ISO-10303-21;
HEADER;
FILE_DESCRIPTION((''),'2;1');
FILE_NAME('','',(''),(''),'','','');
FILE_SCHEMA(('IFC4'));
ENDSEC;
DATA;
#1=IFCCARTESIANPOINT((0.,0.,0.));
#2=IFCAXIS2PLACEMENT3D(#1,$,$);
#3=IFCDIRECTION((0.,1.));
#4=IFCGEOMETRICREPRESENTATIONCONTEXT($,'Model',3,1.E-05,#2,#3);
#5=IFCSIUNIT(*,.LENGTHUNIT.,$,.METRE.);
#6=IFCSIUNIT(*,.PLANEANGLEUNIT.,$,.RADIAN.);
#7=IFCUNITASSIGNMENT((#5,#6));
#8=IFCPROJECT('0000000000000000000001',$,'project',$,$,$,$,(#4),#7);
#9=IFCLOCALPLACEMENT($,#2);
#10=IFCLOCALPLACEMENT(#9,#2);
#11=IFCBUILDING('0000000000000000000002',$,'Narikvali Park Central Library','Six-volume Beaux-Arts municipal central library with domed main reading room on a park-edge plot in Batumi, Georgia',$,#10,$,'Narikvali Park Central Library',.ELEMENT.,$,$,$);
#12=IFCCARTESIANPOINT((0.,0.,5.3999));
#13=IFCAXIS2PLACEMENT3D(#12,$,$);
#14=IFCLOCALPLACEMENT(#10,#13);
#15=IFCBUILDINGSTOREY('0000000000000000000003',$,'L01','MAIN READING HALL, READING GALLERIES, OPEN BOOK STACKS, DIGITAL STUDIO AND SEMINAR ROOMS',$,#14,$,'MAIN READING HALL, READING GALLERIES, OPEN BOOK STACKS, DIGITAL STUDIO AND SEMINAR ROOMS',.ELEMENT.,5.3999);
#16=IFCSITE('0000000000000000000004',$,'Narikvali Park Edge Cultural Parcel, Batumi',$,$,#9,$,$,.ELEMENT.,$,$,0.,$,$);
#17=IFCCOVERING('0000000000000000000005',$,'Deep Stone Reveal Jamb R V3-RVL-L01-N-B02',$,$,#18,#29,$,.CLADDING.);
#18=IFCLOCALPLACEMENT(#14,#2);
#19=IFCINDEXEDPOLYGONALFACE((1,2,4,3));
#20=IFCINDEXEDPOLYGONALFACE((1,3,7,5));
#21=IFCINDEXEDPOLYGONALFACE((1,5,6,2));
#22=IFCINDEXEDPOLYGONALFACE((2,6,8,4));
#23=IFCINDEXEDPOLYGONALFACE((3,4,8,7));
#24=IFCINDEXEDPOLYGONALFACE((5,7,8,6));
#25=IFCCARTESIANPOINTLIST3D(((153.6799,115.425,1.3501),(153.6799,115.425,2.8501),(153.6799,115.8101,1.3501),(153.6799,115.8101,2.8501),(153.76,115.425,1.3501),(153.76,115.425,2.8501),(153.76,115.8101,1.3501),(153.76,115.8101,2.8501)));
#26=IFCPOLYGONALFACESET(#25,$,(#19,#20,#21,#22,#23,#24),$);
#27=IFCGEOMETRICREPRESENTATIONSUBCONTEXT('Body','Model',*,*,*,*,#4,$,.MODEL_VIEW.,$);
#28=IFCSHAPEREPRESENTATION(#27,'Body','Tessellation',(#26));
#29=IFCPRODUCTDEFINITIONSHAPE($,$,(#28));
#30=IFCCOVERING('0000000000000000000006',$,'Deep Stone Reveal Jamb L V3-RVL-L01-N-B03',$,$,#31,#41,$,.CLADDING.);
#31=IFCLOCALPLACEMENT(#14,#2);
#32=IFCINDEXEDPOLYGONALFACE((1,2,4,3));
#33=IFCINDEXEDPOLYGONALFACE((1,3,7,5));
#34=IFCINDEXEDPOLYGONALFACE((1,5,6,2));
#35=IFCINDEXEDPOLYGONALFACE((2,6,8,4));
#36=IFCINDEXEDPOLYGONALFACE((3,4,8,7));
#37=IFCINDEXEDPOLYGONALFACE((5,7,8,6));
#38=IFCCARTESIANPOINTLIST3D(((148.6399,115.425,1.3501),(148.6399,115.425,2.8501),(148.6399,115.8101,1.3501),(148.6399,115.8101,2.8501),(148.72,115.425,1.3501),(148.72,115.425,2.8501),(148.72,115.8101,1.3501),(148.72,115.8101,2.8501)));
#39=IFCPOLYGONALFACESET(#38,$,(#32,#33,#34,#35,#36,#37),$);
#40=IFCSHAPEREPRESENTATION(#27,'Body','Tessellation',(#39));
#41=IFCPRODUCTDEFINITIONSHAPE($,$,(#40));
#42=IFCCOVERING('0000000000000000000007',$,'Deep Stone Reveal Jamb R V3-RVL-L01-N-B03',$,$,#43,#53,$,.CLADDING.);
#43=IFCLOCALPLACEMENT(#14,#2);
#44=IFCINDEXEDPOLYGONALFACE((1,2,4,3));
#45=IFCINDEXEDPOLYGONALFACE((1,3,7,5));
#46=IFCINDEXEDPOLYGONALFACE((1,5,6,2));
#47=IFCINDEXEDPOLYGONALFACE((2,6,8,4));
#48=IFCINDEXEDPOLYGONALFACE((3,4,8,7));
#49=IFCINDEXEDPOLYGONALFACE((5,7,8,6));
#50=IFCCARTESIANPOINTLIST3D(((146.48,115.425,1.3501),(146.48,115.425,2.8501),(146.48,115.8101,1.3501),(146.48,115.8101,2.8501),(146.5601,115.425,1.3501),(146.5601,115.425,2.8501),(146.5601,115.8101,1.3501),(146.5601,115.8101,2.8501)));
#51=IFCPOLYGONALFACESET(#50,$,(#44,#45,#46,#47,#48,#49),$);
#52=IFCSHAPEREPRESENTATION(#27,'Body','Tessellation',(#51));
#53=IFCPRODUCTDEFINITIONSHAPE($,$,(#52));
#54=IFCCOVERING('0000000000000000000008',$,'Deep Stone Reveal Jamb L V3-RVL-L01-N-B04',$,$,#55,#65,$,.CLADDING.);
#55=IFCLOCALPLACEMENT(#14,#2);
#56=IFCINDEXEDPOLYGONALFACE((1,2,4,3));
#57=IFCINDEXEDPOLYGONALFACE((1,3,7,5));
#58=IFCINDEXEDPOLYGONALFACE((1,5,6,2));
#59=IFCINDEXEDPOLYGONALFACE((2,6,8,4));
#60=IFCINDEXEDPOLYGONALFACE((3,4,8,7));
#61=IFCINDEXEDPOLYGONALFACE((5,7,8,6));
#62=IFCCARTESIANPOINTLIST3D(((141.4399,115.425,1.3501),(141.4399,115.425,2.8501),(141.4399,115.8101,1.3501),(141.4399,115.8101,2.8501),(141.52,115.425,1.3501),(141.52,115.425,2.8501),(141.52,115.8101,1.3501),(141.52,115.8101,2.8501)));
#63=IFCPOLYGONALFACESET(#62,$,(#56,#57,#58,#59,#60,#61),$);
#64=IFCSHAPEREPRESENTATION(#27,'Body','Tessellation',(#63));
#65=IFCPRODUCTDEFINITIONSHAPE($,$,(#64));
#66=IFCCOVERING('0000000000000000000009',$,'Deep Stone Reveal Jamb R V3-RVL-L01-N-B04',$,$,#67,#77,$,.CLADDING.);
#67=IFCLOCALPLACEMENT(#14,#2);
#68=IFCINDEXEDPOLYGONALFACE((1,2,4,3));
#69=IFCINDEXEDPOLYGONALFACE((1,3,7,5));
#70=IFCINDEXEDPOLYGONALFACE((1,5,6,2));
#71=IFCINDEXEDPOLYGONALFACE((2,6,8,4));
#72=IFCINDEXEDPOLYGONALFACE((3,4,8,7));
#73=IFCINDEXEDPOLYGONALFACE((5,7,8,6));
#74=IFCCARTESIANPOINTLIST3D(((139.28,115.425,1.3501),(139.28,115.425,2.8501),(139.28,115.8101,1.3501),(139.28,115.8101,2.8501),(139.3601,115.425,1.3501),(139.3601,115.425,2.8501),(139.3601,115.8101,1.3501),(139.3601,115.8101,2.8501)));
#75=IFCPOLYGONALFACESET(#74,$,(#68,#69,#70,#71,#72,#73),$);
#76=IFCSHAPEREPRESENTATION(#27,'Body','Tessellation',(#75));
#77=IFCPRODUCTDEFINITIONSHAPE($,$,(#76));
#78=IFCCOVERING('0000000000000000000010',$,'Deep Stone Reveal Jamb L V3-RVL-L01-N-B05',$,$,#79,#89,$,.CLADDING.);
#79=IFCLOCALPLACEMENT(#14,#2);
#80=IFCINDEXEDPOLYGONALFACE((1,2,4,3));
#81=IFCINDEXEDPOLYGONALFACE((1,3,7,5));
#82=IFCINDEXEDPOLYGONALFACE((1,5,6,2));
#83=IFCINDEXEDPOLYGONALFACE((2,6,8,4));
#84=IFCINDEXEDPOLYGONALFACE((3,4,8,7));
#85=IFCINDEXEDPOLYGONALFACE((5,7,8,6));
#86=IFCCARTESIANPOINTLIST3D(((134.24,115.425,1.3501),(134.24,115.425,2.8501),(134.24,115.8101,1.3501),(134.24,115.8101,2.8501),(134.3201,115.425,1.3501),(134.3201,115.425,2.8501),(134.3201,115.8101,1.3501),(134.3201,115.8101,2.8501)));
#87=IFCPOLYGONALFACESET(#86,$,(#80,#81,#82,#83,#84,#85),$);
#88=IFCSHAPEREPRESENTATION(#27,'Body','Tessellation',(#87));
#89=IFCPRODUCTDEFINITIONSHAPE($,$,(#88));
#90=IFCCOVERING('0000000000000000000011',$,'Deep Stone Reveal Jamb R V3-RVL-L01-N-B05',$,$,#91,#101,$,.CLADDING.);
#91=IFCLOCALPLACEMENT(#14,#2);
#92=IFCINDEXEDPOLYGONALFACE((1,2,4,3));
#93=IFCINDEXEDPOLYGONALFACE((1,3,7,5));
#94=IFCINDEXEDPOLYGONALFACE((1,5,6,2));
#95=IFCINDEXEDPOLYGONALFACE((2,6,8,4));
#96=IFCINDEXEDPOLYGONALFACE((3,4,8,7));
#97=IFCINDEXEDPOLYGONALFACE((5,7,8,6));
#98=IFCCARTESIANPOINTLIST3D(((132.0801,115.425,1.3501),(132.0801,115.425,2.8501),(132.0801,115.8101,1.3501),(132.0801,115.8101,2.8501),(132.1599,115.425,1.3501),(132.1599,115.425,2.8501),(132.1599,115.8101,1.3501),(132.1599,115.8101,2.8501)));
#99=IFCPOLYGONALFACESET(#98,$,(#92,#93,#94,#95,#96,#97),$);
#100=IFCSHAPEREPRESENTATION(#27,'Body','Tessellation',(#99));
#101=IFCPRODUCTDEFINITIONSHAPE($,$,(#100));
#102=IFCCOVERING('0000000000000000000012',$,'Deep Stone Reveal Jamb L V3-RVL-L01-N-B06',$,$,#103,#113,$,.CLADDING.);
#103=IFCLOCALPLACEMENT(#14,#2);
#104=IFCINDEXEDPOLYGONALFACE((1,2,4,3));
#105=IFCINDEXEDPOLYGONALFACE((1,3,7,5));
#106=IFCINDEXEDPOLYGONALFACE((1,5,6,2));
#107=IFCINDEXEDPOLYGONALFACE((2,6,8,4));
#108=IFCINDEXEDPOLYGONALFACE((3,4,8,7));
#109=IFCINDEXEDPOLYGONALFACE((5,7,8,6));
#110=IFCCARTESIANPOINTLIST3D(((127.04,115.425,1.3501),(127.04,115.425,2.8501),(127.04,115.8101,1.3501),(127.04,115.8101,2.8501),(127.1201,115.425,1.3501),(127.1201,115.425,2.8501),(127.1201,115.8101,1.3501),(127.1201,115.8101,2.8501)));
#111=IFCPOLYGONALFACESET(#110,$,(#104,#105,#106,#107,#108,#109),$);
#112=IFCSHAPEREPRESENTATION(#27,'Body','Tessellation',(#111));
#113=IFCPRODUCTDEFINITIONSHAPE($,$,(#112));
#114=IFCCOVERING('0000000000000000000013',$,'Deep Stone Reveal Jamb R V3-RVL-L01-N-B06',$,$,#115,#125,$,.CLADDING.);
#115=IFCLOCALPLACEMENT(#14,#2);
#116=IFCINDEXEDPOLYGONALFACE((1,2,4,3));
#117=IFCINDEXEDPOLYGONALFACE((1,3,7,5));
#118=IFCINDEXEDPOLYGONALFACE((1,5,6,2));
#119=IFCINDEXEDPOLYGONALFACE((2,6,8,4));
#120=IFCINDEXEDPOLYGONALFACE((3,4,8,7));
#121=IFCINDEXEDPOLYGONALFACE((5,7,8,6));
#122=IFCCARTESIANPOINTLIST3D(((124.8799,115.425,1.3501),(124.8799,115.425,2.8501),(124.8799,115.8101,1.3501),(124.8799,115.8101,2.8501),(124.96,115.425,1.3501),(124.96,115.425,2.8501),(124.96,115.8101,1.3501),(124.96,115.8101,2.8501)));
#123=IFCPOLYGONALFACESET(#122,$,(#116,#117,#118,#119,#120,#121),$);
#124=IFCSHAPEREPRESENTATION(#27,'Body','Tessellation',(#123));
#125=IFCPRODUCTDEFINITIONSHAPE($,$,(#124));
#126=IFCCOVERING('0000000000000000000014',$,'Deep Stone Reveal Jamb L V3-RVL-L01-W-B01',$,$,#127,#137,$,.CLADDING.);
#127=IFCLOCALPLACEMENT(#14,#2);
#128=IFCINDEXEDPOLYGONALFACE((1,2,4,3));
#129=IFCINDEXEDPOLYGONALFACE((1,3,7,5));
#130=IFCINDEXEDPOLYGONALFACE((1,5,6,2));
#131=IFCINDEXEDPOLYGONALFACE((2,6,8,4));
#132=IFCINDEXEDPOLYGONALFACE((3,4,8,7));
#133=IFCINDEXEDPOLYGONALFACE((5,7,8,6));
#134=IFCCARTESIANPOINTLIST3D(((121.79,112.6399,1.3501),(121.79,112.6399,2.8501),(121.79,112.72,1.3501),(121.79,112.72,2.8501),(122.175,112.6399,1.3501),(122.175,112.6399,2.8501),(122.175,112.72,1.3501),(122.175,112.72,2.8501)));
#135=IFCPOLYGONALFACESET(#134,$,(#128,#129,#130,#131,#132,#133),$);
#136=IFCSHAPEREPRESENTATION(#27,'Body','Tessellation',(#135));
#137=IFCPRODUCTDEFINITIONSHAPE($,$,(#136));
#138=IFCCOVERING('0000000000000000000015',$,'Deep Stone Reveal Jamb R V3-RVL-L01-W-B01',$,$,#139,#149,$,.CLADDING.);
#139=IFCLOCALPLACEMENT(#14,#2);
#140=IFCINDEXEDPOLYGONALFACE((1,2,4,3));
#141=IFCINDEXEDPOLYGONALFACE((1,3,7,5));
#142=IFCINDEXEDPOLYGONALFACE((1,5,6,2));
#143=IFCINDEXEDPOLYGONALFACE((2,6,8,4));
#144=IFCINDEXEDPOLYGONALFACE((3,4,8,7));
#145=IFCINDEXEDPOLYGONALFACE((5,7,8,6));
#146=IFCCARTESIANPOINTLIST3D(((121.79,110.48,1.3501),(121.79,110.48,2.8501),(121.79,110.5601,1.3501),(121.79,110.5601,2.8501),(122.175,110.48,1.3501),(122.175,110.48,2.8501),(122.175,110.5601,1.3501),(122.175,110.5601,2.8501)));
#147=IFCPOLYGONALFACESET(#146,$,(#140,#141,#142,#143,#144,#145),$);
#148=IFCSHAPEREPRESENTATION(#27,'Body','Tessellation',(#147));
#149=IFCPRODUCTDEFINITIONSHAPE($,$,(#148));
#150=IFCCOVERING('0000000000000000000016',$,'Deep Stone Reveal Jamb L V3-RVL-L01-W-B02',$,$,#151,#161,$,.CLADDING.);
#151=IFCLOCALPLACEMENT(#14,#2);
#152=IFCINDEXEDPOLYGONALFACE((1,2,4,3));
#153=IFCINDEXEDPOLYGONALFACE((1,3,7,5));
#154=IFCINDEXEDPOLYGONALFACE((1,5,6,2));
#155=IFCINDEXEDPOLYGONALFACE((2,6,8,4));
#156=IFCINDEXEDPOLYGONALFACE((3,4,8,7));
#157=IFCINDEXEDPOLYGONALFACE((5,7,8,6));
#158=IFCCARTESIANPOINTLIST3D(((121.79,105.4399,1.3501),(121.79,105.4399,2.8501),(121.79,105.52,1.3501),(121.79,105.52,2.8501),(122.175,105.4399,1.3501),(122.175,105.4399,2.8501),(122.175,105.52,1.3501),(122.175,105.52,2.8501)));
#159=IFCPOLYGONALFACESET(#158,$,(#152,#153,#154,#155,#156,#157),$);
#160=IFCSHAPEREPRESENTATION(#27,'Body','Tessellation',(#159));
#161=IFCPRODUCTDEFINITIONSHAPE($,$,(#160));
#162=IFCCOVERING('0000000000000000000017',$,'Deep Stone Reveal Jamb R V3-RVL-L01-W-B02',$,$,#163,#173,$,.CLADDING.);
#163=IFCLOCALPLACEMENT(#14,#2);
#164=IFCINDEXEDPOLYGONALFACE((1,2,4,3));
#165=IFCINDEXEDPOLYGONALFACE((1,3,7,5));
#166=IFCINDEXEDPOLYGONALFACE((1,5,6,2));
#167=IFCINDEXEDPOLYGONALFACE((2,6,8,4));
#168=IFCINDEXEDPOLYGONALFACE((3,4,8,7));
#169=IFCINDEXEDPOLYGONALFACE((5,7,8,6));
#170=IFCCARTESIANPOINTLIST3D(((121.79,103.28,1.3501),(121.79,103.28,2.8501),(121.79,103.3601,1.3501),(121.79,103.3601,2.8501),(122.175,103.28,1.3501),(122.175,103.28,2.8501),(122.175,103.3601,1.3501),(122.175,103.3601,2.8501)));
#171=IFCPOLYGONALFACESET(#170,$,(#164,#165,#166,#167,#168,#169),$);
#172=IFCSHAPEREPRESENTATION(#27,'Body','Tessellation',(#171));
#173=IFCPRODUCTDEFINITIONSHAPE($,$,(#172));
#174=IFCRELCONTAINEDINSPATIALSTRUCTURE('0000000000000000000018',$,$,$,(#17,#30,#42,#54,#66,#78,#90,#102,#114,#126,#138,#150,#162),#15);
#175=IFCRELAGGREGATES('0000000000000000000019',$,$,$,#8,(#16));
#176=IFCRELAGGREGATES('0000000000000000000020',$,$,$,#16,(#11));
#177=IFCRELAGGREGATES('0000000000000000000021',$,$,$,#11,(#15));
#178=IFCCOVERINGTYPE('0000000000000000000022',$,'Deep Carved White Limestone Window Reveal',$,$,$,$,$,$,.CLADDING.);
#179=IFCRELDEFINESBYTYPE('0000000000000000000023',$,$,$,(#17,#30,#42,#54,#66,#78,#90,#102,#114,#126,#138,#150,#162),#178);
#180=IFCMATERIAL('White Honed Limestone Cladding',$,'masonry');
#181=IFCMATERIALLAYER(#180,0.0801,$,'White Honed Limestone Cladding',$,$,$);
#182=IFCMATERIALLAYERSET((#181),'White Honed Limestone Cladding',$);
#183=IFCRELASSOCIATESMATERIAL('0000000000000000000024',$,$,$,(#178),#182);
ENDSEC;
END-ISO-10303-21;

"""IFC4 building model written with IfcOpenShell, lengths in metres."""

from ifc_helpers import new_model, si_unit, direction, frame, origin, place, context, subcontext, project, spatial, polyline, outline, extrude, material, layer, layer_set, type_object, element, save


model = new_model("IFC4")

# Units and contexts
model_context = context("Model", 3, precision=1e-05, world=origin(), true_north=direction((0.0, 1.0)))
body_context = subcontext(model_context, "Body", "Model", "MODEL_VIEW")
ifc_project = project(units=[si_unit("LENGTHUNIT", "METRE"), si_unit("PLANEANGLEUNIT", "RADIAN")], contexts=[model_context])

# Site, building, storey
site_placement = place(None, origin())
site = spatial("IfcSite", under=ifc_project, at=site_placement, Name="Narikvali Park Edge Cultural Parcel, Batumi", CompositionType="ELEMENT", RefElevation=0.0)
building_placement = place(site_placement, origin())
building = spatial("IfcBuilding", under=site, at=building_placement, Name="Narikvali Park Central Library", Description="Six-volume Beaux-Arts municipal central library with domed main reading room on a park-edge plot in Batumi, Georgia", LongName="Narikvali Park Central Library", CompositionType="ELEMENT")
storey_placement = place(building_placement, frame((0.0, 0.0, 5.3999)))
storey = spatial("IfcBuildingStorey", under=building, at=storey_placement, Name="L01", Description="MAIN READING HALL, READING GALLERIES, OPEN BOOK STACKS, DIGITAL STUDIO AND SEMINAR ROOMS", LongName="MAIN READING HALL, READING GALLERIES, OPEN BOOK STACKS, DIGITAL STUDIO AND SEMINAR ROOMS", CompositionType="ELEMENT", Elevation=5.3999)

# Coverings
ifc_material = material(Name="White Honed Limestone Cladding", Category="masonry")
ifc_layer = layer(ifc_material, 0.0801, Name="White Honed Limestone Cladding")
ifc_layer_set = layer_set([ifc_layer], Name="White Honed Limestone Cladding")
covering_type = type_object("IfcCoveringType", Name="Deep Carved White Limestone Window Reveal", PredefinedType="CLADDING", material=ifc_layer_set)
covering_1_placement = place(storey_placement, frame((0.0, 0.0, 1.3501)))
element("IfcCovering", 1, at=covering_1_placement, inside=storey, type_object=covering_type, Name="Deep Stone Reveal Jamb R V3-RVL-L01-N-B02", PredefinedType="CLADDING", context=body_context, shape_type="SweptSolid", body=[
    extrude(outline(polyline([(153.76, 115.425), (153.6799, 115.425), (153.6799, 115.8101), (153.76, 115.8101), (153.76, 115.425)])), origin(), (0.0, 0.0, 1.0), 1.5),
])
covering_2_placement = place(storey_placement, frame((0.0, 0.0, 1.3501)))
element("IfcCovering", 2, at=covering_2_placement, inside=storey, type_object=covering_type, Name="Deep Stone Reveal Jamb L V3-RVL-L01-N-B03", PredefinedType="CLADDING", context=body_context, shape_type="SweptSolid", body=[
    extrude(outline(polyline([(148.72, 115.425), (148.6399, 115.425), (148.6399, 115.8101), (148.72, 115.8101), (148.72, 115.425)])), origin(), (0.0, 0.0, 1.0), 1.5),
])
covering_3_placement = place(storey_placement, frame((0.0, 0.0, 1.3501)))
element("IfcCovering", 3, at=covering_3_placement, inside=storey, type_object=covering_type, Name="Deep Stone Reveal Jamb R V3-RVL-L01-N-B03", PredefinedType="CLADDING", context=body_context, shape_type="SweptSolid", body=[
    extrude(outline(polyline([(146.5601, 115.425), (146.48, 115.425), (146.48, 115.8101), (146.5601, 115.8101), (146.5601, 115.425)])), origin(), (0.0, 0.0, 1.0), 1.5),
])
covering_4_placement = place(storey_placement, frame((0.0, 0.0, 1.3501)))
element("IfcCovering", 4, at=covering_4_placement, inside=storey, type_object=covering_type, Name="Deep Stone Reveal Jamb L V3-RVL-L01-N-B04", PredefinedType="CLADDING", context=body_context, shape_type="SweptSolid", body=[
    extrude(outline(polyline([(141.52, 115.425), (141.4399, 115.425), (141.4399, 115.8101), (141.52, 115.8101), (141.52, 115.425)])), origin(), (0.0, 0.0, 1.0), 1.5),
])
covering_5_placement = place(storey_placement, frame((0.0, 0.0, 1.3501)))
element("IfcCovering", 5, at=covering_5_placement, inside=storey, type_object=covering_type, Name="Deep Stone Reveal Jamb R V3-RVL-L01-N-B04", PredefinedType="CLADDING", context=body_context, shape_type="SweptSolid", body=[
    extrude(outline(polyline([(139.3601, 115.425), (139.28, 115.425), (139.28, 115.8101), (139.3601, 115.8101), (139.3601, 115.425)])), origin(), (0.0, 0.0, 1.0), 1.5),
])
covering_6_placement = place(storey_placement, frame((0.0, 0.0, 1.3501)))
element("IfcCovering", 6, at=covering_6_placement, inside=storey, type_object=covering_type, Name="Deep Stone Reveal Jamb L V3-RVL-L01-N-B05", PredefinedType="CLADDING", context=body_context, shape_type="SweptSolid", body=[
    extrude(outline(polyline([(134.3201, 115.425), (134.24, 115.425), (134.24, 115.8101), (134.3201, 115.8101), (134.3201, 115.425)])), origin(), (0.0, 0.0, 1.0), 1.5),
])
covering_7_placement = place(storey_placement, frame((0.0, 0.0, 1.3501)))
element("IfcCovering", 7, at=covering_7_placement, inside=storey, type_object=covering_type, Name="Deep Stone Reveal Jamb R V3-RVL-L01-N-B05", PredefinedType="CLADDING", context=body_context, shape_type="SweptSolid", body=[
    extrude(outline(polyline([(132.1599, 115.425), (132.0801, 115.425), (132.0801, 115.8101), (132.1599, 115.8101), (132.1599, 115.425)])), origin(), (0.0, 0.0, 1.0), 1.5),
])
covering_8_placement = place(storey_placement, frame((0.0, 0.0, 1.3501)))
element("IfcCovering", 8, at=covering_8_placement, inside=storey, type_object=covering_type, Name="Deep Stone Reveal Jamb L V3-RVL-L01-N-B06", PredefinedType="CLADDING", context=body_context, shape_type="SweptSolid", body=[
    extrude(outline(polyline([(127.1201, 115.425), (127.04, 115.425), (127.04, 115.8101), (127.1201, 115.8101), (127.1201, 115.425)])), origin(), (0.0, 0.0, 1.0), 1.5),
])
covering_9_placement = place(storey_placement, frame((0.0, 0.0, 1.3501)))
element("IfcCovering", 9, at=covering_9_placement, inside=storey, type_object=covering_type, Name="Deep Stone Reveal Jamb R V3-RVL-L01-N-B06", PredefinedType="CLADDING", context=body_context, shape_type="SweptSolid", body=[
    extrude(outline(polyline([(124.96, 115.425), (124.8799, 115.425), (124.8799, 115.8101), (124.96, 115.8101), (124.96, 115.425)])), origin(), (0.0, 0.0, 1.0), 1.5),
])
covering_10_placement = place(storey_placement, frame((0.0, 0.0, 1.3501)))
element("IfcCovering", 10, at=covering_10_placement, inside=storey, type_object=covering_type, Name="Deep Stone Reveal Jamb L V3-RVL-L01-W-B01", PredefinedType="CLADDING", context=body_context, shape_type="SweptSolid", body=[
    extrude(outline(polyline([(122.175, 112.72), (122.175, 112.6399), (121.79, 112.6399), (121.79, 112.72), (122.175, 112.72)])), origin(), (0.0, 0.0, 1.0), 1.5),
])
covering_11_placement = place(storey_placement, frame((0.0, 0.0, 1.3501)))
element("IfcCovering", 11, at=covering_11_placement, inside=storey, type_object=covering_type, Name="Deep Stone Reveal Jamb R V3-RVL-L01-W-B01", PredefinedType="CLADDING", context=body_context, shape_type="SweptSolid", body=[
    extrude(outline(polyline([(122.175, 110.5601), (122.175, 110.48), (121.79, 110.48), (121.79, 110.5601), (122.175, 110.5601)])), origin(), (0.0, 0.0, 1.0), 1.5),
])
covering_12_placement = place(storey_placement, frame((0.0, 0.0, 1.3501)))
element("IfcCovering", 12, at=covering_12_placement, inside=storey, type_object=covering_type, Name="Deep Stone Reveal Jamb L V3-RVL-L01-W-B02", PredefinedType="CLADDING", context=body_context, shape_type="SweptSolid", body=[
    extrude(outline(polyline([(122.175, 105.52), (122.175, 105.4399), (121.79, 105.4399), (121.79, 105.52), (122.175, 105.52)])), origin(), (0.0, 0.0, 1.0), 1.5),
])
covering_13_placement = place(storey_placement, frame((0.0, 0.0, 1.3501)))
element("IfcCovering", 13, at=covering_13_placement, inside=storey, type_object=covering_type, Name="Deep Stone Reveal Jamb R V3-RVL-L01-W-B02", PredefinedType="CLADDING", context=body_context, shape_type="SweptSolid", body=[
    extrude(outline(polyline([(122.175, 103.3601), (122.175, 103.28), (121.79, 103.28), (121.79, 103.3601), (122.175, 103.3601)])), origin(), (0.0, 0.0, 1.0), 1.5),
])

save(model, "model.ifc")
